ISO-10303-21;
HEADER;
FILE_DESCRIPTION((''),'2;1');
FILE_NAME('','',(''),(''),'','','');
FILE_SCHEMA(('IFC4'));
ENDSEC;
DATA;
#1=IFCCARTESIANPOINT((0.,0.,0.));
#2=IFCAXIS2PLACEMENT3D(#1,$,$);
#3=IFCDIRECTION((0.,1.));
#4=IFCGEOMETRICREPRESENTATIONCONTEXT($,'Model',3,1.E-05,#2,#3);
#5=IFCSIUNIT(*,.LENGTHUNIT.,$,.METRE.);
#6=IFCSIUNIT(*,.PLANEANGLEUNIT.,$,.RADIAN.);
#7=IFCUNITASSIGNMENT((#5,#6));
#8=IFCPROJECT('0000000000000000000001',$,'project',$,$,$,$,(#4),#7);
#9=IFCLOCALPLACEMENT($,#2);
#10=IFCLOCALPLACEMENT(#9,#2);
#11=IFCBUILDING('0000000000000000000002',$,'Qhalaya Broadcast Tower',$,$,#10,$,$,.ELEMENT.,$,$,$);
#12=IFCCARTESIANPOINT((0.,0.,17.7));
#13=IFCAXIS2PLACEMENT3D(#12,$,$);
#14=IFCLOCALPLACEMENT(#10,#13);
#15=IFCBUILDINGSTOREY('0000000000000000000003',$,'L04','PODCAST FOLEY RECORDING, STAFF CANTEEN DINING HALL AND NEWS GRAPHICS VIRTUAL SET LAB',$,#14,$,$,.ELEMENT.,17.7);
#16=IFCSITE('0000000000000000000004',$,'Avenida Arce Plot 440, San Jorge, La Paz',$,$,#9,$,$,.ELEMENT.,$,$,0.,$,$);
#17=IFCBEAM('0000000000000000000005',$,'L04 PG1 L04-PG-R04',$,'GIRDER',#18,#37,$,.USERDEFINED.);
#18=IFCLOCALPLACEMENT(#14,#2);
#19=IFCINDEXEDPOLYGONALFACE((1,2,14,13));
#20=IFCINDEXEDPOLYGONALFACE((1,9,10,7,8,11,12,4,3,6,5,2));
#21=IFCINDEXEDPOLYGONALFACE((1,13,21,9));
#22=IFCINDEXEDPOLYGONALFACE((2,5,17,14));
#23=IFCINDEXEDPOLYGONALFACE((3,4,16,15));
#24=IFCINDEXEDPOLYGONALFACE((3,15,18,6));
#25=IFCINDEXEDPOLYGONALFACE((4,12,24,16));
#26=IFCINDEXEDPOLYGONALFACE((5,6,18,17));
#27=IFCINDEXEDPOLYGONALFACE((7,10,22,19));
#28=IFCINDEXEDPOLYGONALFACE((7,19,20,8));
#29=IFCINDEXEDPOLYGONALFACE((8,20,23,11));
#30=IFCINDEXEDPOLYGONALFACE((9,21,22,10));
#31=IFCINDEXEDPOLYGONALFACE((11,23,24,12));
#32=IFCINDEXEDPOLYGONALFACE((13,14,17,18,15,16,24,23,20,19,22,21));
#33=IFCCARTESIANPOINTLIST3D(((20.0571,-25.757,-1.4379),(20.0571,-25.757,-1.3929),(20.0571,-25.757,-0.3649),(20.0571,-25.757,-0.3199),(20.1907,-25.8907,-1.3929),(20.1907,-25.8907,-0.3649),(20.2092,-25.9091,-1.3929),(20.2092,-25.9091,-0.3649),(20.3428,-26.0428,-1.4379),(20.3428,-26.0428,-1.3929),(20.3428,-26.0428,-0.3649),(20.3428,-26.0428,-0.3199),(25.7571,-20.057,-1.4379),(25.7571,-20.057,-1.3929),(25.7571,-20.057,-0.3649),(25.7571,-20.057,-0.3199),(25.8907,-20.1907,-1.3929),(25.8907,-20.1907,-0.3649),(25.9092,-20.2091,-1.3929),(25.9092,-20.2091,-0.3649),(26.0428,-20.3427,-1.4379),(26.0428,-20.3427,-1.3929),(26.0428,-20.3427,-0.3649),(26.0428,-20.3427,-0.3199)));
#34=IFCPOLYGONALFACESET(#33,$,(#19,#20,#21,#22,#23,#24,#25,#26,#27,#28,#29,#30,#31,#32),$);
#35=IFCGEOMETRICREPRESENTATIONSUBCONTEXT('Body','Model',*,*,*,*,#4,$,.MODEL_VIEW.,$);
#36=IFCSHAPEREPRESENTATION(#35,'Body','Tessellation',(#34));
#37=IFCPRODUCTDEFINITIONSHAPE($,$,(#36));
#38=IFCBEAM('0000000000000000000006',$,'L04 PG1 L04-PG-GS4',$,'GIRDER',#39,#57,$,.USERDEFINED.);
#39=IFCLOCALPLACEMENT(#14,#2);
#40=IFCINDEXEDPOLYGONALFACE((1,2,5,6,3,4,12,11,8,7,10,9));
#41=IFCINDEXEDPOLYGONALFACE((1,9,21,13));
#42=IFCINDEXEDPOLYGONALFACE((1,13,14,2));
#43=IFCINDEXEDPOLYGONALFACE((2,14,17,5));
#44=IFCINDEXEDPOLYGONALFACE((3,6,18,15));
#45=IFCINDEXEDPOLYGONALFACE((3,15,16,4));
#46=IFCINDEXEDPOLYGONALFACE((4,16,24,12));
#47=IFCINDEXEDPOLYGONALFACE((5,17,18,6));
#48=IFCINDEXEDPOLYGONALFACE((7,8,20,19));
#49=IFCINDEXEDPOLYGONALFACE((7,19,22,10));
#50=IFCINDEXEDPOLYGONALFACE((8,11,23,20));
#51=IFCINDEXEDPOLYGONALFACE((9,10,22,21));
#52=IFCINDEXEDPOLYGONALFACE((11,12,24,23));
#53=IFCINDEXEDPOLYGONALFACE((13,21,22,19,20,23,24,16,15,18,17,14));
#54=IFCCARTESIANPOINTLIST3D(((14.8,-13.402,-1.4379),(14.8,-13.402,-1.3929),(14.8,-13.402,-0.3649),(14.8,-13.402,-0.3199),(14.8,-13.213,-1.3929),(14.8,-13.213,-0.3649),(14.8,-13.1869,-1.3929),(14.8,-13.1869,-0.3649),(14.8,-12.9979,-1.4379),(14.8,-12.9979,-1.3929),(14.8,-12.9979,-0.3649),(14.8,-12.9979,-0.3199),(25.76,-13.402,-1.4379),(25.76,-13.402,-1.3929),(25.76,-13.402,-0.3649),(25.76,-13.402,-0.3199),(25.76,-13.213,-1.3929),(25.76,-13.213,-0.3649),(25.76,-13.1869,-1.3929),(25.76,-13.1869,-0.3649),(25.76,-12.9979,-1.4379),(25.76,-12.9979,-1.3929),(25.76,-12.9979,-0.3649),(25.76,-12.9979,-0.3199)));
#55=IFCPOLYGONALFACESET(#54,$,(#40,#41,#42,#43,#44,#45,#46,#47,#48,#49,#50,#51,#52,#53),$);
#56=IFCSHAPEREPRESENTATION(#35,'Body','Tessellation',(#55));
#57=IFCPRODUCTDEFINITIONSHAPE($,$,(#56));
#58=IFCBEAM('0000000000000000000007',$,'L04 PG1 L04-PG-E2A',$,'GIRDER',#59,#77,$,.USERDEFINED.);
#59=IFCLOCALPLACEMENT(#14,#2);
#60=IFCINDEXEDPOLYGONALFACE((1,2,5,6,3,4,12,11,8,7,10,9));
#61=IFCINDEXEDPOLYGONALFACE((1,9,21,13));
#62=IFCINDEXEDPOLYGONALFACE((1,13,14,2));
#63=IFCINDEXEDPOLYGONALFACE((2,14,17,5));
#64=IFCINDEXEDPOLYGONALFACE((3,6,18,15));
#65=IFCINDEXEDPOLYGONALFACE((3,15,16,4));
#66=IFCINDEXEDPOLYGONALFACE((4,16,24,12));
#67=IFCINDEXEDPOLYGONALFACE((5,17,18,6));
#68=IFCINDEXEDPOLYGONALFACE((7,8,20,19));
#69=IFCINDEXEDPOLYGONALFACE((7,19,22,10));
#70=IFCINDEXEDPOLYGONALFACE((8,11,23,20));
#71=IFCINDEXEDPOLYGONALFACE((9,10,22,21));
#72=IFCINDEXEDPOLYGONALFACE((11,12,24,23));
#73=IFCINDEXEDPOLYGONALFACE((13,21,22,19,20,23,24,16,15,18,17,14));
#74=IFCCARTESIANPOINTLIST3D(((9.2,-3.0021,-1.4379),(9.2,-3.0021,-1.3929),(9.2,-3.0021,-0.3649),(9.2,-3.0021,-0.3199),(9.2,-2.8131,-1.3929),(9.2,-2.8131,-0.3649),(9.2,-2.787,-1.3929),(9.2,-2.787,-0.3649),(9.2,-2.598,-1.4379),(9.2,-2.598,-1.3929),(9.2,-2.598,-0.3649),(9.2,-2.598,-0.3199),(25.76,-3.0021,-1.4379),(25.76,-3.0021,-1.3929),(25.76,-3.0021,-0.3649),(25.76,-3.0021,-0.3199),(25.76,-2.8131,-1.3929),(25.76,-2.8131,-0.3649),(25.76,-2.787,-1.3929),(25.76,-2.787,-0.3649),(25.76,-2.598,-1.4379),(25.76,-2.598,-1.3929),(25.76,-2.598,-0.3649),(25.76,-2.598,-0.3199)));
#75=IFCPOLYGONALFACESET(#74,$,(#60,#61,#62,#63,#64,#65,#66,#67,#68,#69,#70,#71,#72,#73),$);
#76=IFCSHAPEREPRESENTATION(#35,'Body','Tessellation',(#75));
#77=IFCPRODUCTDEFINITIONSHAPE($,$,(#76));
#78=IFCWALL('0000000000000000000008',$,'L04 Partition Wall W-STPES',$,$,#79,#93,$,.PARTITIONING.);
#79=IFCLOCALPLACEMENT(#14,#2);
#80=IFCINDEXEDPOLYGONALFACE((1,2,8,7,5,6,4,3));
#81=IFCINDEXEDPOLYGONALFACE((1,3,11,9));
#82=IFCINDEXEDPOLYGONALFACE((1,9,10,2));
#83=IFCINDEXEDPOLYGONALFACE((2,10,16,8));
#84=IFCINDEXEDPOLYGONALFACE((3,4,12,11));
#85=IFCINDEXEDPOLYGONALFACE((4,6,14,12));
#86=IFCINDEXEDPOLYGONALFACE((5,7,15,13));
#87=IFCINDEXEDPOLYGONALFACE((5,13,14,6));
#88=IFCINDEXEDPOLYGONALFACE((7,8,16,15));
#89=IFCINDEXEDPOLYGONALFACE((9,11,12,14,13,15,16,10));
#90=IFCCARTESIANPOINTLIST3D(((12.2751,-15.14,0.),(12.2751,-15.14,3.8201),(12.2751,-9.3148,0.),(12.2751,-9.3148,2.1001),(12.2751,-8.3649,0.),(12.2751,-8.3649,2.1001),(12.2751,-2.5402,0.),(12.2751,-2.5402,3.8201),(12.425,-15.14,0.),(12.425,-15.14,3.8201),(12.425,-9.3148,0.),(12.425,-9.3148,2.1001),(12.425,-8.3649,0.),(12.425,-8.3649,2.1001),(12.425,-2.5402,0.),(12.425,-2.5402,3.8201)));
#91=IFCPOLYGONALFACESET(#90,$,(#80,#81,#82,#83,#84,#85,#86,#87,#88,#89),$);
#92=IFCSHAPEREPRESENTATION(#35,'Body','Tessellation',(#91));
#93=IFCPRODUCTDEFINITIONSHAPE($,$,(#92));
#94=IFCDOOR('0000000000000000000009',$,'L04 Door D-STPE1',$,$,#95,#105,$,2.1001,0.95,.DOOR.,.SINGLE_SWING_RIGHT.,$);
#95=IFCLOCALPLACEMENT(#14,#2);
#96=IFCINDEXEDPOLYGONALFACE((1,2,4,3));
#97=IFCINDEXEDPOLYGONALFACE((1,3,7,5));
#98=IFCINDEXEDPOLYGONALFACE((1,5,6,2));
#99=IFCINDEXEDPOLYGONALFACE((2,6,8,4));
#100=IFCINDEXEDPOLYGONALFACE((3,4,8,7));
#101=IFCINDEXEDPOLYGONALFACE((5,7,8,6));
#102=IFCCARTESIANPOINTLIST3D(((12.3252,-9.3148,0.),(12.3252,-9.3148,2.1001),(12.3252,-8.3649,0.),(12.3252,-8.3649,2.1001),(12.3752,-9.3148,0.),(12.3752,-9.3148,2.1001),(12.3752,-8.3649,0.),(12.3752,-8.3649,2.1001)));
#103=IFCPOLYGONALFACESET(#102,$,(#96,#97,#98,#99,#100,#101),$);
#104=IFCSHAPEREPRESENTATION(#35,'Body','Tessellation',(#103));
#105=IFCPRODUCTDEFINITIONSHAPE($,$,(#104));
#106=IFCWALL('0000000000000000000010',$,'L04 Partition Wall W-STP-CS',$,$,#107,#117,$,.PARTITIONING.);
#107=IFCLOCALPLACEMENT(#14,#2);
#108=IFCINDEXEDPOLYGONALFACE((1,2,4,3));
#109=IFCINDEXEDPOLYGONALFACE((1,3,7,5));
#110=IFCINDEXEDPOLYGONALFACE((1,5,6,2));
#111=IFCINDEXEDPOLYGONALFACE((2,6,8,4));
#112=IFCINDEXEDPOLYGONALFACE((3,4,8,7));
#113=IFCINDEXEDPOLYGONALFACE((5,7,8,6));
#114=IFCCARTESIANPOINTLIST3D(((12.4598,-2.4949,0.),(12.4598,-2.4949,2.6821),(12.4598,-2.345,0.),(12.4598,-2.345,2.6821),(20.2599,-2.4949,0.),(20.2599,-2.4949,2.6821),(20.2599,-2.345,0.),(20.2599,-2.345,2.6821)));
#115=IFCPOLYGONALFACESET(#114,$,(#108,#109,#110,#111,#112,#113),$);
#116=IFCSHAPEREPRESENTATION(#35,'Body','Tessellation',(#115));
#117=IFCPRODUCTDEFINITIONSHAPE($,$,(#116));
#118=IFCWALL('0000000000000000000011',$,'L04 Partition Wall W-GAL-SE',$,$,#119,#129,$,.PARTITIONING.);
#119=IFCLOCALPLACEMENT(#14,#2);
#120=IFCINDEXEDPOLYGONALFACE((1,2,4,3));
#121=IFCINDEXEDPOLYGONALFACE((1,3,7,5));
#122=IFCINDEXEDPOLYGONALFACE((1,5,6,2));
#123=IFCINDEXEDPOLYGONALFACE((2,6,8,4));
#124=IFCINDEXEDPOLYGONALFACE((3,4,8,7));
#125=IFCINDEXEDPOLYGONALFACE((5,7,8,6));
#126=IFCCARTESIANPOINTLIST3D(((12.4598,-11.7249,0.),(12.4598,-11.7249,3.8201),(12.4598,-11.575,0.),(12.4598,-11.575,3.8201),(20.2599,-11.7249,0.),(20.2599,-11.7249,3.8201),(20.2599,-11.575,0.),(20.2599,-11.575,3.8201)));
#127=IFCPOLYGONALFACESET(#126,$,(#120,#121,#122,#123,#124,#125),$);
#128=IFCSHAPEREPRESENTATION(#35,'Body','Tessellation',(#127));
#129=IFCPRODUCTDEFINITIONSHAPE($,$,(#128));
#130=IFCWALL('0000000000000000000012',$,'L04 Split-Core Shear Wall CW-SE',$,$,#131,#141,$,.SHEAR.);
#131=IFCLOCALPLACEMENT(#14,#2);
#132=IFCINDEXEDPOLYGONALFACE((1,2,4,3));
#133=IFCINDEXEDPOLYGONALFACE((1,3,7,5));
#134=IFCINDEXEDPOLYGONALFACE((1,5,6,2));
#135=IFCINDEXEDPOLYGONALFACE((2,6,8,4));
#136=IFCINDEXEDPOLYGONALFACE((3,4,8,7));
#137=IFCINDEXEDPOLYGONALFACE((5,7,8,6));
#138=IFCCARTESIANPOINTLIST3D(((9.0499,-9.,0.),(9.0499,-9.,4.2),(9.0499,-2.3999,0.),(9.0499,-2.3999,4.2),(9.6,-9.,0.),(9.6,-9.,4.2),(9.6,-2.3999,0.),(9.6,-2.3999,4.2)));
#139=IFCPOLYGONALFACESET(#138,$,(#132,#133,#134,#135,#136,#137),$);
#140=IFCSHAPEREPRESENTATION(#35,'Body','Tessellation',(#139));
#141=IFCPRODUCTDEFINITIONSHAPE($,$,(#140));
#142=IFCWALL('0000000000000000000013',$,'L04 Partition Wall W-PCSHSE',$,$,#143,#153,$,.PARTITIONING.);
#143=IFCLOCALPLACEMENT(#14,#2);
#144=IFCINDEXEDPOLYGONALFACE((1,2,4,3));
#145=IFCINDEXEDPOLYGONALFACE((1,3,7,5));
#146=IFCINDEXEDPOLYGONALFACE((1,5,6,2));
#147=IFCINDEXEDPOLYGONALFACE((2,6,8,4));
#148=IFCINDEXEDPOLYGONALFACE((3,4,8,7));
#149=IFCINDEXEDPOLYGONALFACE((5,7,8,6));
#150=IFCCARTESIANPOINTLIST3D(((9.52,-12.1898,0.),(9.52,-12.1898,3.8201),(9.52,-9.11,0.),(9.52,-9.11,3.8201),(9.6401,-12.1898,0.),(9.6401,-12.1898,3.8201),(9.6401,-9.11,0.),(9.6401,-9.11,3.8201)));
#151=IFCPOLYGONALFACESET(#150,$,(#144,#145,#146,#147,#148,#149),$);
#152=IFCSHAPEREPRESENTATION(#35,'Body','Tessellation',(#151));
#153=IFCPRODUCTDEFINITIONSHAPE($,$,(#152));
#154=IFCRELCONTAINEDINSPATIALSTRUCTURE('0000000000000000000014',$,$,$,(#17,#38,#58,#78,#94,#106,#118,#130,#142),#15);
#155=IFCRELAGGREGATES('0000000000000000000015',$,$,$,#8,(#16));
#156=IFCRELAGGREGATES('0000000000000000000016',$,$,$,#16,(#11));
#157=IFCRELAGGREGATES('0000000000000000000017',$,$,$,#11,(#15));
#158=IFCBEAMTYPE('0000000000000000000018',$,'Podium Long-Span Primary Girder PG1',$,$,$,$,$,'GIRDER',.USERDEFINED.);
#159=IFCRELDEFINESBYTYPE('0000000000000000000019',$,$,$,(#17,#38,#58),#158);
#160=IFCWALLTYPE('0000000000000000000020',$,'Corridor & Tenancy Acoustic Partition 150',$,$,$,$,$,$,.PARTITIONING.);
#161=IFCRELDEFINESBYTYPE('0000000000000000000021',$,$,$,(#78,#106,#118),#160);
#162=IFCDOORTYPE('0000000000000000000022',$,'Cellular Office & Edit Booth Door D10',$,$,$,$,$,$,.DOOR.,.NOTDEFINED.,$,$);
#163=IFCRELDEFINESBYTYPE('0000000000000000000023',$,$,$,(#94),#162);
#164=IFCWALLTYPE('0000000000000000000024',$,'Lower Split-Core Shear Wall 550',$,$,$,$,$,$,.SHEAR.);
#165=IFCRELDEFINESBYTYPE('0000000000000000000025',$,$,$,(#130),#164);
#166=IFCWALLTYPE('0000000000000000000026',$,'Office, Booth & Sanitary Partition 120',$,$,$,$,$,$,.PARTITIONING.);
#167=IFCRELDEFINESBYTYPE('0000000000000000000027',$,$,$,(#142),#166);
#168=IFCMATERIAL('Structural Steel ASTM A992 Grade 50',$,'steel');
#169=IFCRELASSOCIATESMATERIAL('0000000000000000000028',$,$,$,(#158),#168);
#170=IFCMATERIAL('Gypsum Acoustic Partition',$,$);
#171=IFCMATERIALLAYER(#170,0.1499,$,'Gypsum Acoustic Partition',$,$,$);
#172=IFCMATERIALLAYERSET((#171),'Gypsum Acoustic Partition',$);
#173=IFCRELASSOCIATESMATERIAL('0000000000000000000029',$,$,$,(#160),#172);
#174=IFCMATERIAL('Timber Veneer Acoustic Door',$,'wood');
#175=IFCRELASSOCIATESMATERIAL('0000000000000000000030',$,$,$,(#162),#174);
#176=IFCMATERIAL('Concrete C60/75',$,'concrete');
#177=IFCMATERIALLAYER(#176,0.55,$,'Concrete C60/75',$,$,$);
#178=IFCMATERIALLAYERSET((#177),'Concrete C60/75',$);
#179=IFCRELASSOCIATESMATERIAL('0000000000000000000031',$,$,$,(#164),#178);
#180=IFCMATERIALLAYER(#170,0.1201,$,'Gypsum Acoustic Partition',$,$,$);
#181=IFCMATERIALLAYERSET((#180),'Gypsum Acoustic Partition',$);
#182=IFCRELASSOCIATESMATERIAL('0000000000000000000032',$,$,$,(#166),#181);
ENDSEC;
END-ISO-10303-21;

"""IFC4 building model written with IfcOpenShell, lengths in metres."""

from ifc_helpers import new_model, si_unit, direction, frame, frame_2d, origin, origin_2d, place, context, subcontext, project, spatial, rectangle, i_section, extrude, material, layer, layer_set, material_profile, profile_set, type_object, element, fill, save


model = new_model("IFC4")

# Units and contexts
model_context = context("Model", 3, precision=1e-05, world=origin(), true_north=direction((0.0, 1.0)))
body_context = subcontext(model_context, "Body", "Model", "MODEL_VIEW")
ifc_project = project(units=[si_unit("LENGTHUNIT", "METRE"), si_unit("PLANEANGLEUNIT", "RADIAN")], contexts=[model_context])

# Site, building, storey
site_placement = place(None, origin())
site = spatial("IfcSite", under=ifc_project, at=site_placement, Name="Avenida Arce Plot 440, San Jorge, La Paz", CompositionType="ELEMENT", RefElevation=0.0)
building_placement = place(site_placement, origin())
building = spatial("IfcBuilding", under=site, at=building_placement, Name="Qhalaya Broadcast Tower", CompositionType="ELEMENT")
storey_placement = place(building_placement, frame((0.0, 0.0, 17.7)))
storey = spatial("IfcBuildingStorey", under=building, at=storey_placement, Name="L04", Description="PODCAST FOLEY RECORDING, STAFF CANTEEN DINING HALL AND NEWS GRAPHICS VIRTUAL SET LAB", CompositionType="ELEMENT", Elevation=17.7)

# Shared definitions
ifc_material_1 = material(Name="Concrete C60/75", Category="concrete")

# Beams
ifc_material_2 = material(Name="Structural Steel ASTM A992 Grade 50", Category="steel")
ifc_material_profile_1 = material_profile(ifc_material_2, i_section(OverallWidth=0.4041, OverallDepth=1.1179, WebThickness=0.0261, FlangeThickness=0.0449, at=origin_2d()), Name="W44X335")
ifc_profile_set_1 = profile_set([ifc_material_profile_1], Name="Structural Steel ASTM A992 Grade 50")
beam_type_1 = type_object("IfcBeamType", Name="Podium Long-Span Primary Girder PG1", ElementType="GIRDER", PredefinedType="USERDEFINED", material=ifc_profile_set_1)
beam_1_placement = place(storey_placement, frame((20.2, -25.8999, -0.8789), z_axis=(0.707107, 0.707107, 0.0), x_axis=(-0.707107, 0.707107, 0.0)))
element("IfcBeam", 1, at=beam_1_placement, inside=storey, type_object=beam_type_1, Name="L04 PG1 L04-PG-R04", ObjectType="GIRDER", PredefinedType="USERDEFINED", context=body_context, shape_type="SweptSolid", body=[
    extrude(i_section(OverallWidth=0.4041, OverallDepth=1.1179, WebThickness=0.0261, FlangeThickness=0.0449, at=origin_2d()), origin(), (0.0, 0.0, 1.0), 8.061),
])
beam_2_placement = place(storey_placement, frame((14.8, -13.2, -0.8789), z_axis=(1.0, 0.0, 0.0), x_axis=(0.0, 1.0, 0.0)))
element("IfcBeam", 2, at=beam_2_placement, inside=storey, type_object=beam_type_1, Name="L04 PG1 L04-PG-GS4", ObjectType="GIRDER", PredefinedType="USERDEFINED", context=body_context, shape_type="SweptSolid", body=[
    extrude(i_section(OverallWidth=0.4041, OverallDepth=1.1179, WebThickness=0.0261, FlangeThickness=0.0449, at=origin_2d()), origin(), (0.0, 0.0, 1.0), 10.96),
])
beam_3_placement = place(storey_placement, frame((9.2, -2.8, -0.8789), z_axis=(1.0, 0.0, 0.0), x_axis=(0.0, 1.0, 0.0)))
element("IfcBeam", 3, at=beam_3_placement, inside=storey, type_object=beam_type_1, Name="L04 PG1 L04-PG-E2A", ObjectType="GIRDER", PredefinedType="USERDEFINED", context=body_context, shape_type="SweptSolid", body=[
    extrude(i_section(OverallWidth=0.4041, OverallDepth=1.1179, WebThickness=0.0261, FlangeThickness=0.0449, at=origin_2d()), origin(), (0.0, 0.0, 1.0), 16.5601),
])

# Wall, opening, door
ifc_material_3 = material(Name="Gypsum Acoustic Partition")
ifc_layer_1 = layer(ifc_material_3, 0.1499, Name="Gypsum Acoustic Partition")
ifc_layer_set_1 = layer_set([ifc_layer_1], Name="Gypsum Acoustic Partition")
wall_type_1 = type_object("IfcWallType", Name="Corridor & Tenancy Acoustic Partition 150", PredefinedType="PARTITIONING", material=ifc_layer_set_1)
wall_1_placement = place(storey_placement, frame((12.3501, -15.1399, 0.0), z_axis=(0.0, 0.0, 1.0), x_axis=(0.0, 1.0, 0.0)))
wall_1 = element("IfcWall", 4, at=wall_1_placement, inside=storey, type_object=wall_type_1, Name="L04 Partition Wall W-STPES", PredefinedType="PARTITIONING", context=body_context, shape_type="SweptSolid", body=[
    extrude(rectangle(XDim=12.5999, YDim=0.1499, at=frame_2d((6.2998, 0.0))), origin(), (0.0, 0.0, 1.0), 3.8201),
])
opening_placement = place(wall_1_placement, frame((5.825, 0.0, 0.0)))
opening = element("IfcOpeningElement", 5, at=opening_placement, cuts=wall_1, PredefinedType="OPENING", context=body_context, shape_type="SweptSolid", body=[
    extrude(rectangle(XDim=0.95, YDim=2.1001, at=frame_2d((0.4751, 1.05))), frame((0.0, 0.0869, 0.0), z_axis=(0.0, -1.0, 0.0), x_axis=(1.0, 0.0, 0.0)), (0.0, 0.0, 1.0), 0.1738),
])
ifc_material_4 = material(Name="Timber Veneer Acoustic Door", Category="wood")
door_type = type_object("IfcDoorType", Name="Cellular Office & Edit Booth Door D10", OperationType="NOTDEFINED", PredefinedType="DOOR", material=ifc_material_4)
door_placement = place(opening_placement, origin())
door = element("IfcDoor", 6, at=door_placement, inside=storey, type_object=door_type, Name="L04 Door D-STPE1", OperationType="SINGLE_SWING_RIGHT", OverallHeight=2.1001, OverallWidth=0.95, PredefinedType="DOOR", context=body_context, shape_type="SweptSolid", body=[
    extrude(rectangle(XDim=0.95, YDim=2.1001, at=frame_2d((0.4751, 1.05))), frame((0.0, 0.0249, 0.0), z_axis=(0.0, -1.0, 0.0), x_axis=(1.0, 0.0, 0.0)), (0.0, 0.0, 1.0), 0.05),
])
fill(opening, door)

# Walls
wall_2_placement = place(storey_placement, frame((12.46, -2.4199, 0.0), z_axis=(0.0, 0.0, 1.0), x_axis=(1.0, 0.0, 0.0)))
element("IfcWall", 7, at=wall_2_placement, inside=storey, type_object=wall_type_1, Name="L04 Partition Wall W-STP-CS", PredefinedType="PARTITIONING", context=body_context, shape_type="SweptSolid", body=[
    extrude(rectangle(XDim=7.8, YDim=0.1499, at=frame_2d((3.8999, 0.0))), origin(), (0.0, 0.0, 1.0), 2.6821),
])
wall_3_placement = place(storey_placement, frame((12.46, -11.6499, 0.0), z_axis=(0.0, 0.0, 1.0), x_axis=(1.0, 0.0, 0.0)))
element("IfcWall", 8, at=wall_3_placement, inside=storey, type_object=wall_type_1, Name="L04 Partition Wall W-GAL-SE", PredefinedType="PARTITIONING", context=body_context, shape_type="SweptSolid", body=[
    extrude(rectangle(XDim=7.8, YDim=0.1499, at=frame_2d((3.8999, 0.0))), origin(), (0.0, 0.0, 1.0), 3.8201),
])
ifc_layer_2 = layer(ifc_material_1, 0.55, Name="Concrete C60/75")
ifc_layer_set_2 = layer_set([ifc_layer_2], Name="Concrete C60/75")
wall_type_2 = type_object("IfcWallType", Name="Lower Split-Core Shear Wall 550", PredefinedType="SHEAR", material=ifc_layer_set_2)
wall_4_placement = place(storey_placement, frame((9.325, -9.0, 0.0), z_axis=(0.0, 0.0, 1.0), x_axis=(0.0, 1.0, 0.0)))
element("IfcWall", 9, at=wall_4_placement, inside=storey, type_object=wall_type_2, Name="L04 Split-Core Shear Wall CW-SE", PredefinedType="SHEAR", context=body_context, shape_type="SweptSolid", body=[
    extrude(rectangle(XDim=6.6001, YDim=0.55, at=frame_2d((3.3, 0.0))), origin(), (0.0, 0.0, 1.0), 4.2),
])
ifc_layer_3 = layer(ifc_material_3, 0.1201, Name="Gypsum Acoustic Partition")
ifc_layer_set_3 = layer_set([ifc_layer_3], Name="Gypsum Acoustic Partition")
wall_type_3 = type_object("IfcWallType", Name="Office, Booth & Sanitary Partition 120", PredefinedType="PARTITIONING", material=ifc_layer_set_3)
wall_5_placement = place(storey_placement, frame((9.5801, -12.1899, 0.0), z_axis=(0.0, 0.0, 1.0), x_axis=(0.0, 1.0, 0.0)))
element("IfcWall", 10, at=wall_5_placement, inside=storey, type_object=wall_type_3, Name="L04 Partition Wall W-PCSHSE", PredefinedType="PARTITIONING", context=body_context, shape_type="SweptSolid", body=[
    extrude(rectangle(XDim=3.0798, YDim=0.1201, at=frame_2d((1.54, 0.0))), origin(), (0.0, 0.0, 1.0), 3.8201),
])

save(model, "model.ifc")
